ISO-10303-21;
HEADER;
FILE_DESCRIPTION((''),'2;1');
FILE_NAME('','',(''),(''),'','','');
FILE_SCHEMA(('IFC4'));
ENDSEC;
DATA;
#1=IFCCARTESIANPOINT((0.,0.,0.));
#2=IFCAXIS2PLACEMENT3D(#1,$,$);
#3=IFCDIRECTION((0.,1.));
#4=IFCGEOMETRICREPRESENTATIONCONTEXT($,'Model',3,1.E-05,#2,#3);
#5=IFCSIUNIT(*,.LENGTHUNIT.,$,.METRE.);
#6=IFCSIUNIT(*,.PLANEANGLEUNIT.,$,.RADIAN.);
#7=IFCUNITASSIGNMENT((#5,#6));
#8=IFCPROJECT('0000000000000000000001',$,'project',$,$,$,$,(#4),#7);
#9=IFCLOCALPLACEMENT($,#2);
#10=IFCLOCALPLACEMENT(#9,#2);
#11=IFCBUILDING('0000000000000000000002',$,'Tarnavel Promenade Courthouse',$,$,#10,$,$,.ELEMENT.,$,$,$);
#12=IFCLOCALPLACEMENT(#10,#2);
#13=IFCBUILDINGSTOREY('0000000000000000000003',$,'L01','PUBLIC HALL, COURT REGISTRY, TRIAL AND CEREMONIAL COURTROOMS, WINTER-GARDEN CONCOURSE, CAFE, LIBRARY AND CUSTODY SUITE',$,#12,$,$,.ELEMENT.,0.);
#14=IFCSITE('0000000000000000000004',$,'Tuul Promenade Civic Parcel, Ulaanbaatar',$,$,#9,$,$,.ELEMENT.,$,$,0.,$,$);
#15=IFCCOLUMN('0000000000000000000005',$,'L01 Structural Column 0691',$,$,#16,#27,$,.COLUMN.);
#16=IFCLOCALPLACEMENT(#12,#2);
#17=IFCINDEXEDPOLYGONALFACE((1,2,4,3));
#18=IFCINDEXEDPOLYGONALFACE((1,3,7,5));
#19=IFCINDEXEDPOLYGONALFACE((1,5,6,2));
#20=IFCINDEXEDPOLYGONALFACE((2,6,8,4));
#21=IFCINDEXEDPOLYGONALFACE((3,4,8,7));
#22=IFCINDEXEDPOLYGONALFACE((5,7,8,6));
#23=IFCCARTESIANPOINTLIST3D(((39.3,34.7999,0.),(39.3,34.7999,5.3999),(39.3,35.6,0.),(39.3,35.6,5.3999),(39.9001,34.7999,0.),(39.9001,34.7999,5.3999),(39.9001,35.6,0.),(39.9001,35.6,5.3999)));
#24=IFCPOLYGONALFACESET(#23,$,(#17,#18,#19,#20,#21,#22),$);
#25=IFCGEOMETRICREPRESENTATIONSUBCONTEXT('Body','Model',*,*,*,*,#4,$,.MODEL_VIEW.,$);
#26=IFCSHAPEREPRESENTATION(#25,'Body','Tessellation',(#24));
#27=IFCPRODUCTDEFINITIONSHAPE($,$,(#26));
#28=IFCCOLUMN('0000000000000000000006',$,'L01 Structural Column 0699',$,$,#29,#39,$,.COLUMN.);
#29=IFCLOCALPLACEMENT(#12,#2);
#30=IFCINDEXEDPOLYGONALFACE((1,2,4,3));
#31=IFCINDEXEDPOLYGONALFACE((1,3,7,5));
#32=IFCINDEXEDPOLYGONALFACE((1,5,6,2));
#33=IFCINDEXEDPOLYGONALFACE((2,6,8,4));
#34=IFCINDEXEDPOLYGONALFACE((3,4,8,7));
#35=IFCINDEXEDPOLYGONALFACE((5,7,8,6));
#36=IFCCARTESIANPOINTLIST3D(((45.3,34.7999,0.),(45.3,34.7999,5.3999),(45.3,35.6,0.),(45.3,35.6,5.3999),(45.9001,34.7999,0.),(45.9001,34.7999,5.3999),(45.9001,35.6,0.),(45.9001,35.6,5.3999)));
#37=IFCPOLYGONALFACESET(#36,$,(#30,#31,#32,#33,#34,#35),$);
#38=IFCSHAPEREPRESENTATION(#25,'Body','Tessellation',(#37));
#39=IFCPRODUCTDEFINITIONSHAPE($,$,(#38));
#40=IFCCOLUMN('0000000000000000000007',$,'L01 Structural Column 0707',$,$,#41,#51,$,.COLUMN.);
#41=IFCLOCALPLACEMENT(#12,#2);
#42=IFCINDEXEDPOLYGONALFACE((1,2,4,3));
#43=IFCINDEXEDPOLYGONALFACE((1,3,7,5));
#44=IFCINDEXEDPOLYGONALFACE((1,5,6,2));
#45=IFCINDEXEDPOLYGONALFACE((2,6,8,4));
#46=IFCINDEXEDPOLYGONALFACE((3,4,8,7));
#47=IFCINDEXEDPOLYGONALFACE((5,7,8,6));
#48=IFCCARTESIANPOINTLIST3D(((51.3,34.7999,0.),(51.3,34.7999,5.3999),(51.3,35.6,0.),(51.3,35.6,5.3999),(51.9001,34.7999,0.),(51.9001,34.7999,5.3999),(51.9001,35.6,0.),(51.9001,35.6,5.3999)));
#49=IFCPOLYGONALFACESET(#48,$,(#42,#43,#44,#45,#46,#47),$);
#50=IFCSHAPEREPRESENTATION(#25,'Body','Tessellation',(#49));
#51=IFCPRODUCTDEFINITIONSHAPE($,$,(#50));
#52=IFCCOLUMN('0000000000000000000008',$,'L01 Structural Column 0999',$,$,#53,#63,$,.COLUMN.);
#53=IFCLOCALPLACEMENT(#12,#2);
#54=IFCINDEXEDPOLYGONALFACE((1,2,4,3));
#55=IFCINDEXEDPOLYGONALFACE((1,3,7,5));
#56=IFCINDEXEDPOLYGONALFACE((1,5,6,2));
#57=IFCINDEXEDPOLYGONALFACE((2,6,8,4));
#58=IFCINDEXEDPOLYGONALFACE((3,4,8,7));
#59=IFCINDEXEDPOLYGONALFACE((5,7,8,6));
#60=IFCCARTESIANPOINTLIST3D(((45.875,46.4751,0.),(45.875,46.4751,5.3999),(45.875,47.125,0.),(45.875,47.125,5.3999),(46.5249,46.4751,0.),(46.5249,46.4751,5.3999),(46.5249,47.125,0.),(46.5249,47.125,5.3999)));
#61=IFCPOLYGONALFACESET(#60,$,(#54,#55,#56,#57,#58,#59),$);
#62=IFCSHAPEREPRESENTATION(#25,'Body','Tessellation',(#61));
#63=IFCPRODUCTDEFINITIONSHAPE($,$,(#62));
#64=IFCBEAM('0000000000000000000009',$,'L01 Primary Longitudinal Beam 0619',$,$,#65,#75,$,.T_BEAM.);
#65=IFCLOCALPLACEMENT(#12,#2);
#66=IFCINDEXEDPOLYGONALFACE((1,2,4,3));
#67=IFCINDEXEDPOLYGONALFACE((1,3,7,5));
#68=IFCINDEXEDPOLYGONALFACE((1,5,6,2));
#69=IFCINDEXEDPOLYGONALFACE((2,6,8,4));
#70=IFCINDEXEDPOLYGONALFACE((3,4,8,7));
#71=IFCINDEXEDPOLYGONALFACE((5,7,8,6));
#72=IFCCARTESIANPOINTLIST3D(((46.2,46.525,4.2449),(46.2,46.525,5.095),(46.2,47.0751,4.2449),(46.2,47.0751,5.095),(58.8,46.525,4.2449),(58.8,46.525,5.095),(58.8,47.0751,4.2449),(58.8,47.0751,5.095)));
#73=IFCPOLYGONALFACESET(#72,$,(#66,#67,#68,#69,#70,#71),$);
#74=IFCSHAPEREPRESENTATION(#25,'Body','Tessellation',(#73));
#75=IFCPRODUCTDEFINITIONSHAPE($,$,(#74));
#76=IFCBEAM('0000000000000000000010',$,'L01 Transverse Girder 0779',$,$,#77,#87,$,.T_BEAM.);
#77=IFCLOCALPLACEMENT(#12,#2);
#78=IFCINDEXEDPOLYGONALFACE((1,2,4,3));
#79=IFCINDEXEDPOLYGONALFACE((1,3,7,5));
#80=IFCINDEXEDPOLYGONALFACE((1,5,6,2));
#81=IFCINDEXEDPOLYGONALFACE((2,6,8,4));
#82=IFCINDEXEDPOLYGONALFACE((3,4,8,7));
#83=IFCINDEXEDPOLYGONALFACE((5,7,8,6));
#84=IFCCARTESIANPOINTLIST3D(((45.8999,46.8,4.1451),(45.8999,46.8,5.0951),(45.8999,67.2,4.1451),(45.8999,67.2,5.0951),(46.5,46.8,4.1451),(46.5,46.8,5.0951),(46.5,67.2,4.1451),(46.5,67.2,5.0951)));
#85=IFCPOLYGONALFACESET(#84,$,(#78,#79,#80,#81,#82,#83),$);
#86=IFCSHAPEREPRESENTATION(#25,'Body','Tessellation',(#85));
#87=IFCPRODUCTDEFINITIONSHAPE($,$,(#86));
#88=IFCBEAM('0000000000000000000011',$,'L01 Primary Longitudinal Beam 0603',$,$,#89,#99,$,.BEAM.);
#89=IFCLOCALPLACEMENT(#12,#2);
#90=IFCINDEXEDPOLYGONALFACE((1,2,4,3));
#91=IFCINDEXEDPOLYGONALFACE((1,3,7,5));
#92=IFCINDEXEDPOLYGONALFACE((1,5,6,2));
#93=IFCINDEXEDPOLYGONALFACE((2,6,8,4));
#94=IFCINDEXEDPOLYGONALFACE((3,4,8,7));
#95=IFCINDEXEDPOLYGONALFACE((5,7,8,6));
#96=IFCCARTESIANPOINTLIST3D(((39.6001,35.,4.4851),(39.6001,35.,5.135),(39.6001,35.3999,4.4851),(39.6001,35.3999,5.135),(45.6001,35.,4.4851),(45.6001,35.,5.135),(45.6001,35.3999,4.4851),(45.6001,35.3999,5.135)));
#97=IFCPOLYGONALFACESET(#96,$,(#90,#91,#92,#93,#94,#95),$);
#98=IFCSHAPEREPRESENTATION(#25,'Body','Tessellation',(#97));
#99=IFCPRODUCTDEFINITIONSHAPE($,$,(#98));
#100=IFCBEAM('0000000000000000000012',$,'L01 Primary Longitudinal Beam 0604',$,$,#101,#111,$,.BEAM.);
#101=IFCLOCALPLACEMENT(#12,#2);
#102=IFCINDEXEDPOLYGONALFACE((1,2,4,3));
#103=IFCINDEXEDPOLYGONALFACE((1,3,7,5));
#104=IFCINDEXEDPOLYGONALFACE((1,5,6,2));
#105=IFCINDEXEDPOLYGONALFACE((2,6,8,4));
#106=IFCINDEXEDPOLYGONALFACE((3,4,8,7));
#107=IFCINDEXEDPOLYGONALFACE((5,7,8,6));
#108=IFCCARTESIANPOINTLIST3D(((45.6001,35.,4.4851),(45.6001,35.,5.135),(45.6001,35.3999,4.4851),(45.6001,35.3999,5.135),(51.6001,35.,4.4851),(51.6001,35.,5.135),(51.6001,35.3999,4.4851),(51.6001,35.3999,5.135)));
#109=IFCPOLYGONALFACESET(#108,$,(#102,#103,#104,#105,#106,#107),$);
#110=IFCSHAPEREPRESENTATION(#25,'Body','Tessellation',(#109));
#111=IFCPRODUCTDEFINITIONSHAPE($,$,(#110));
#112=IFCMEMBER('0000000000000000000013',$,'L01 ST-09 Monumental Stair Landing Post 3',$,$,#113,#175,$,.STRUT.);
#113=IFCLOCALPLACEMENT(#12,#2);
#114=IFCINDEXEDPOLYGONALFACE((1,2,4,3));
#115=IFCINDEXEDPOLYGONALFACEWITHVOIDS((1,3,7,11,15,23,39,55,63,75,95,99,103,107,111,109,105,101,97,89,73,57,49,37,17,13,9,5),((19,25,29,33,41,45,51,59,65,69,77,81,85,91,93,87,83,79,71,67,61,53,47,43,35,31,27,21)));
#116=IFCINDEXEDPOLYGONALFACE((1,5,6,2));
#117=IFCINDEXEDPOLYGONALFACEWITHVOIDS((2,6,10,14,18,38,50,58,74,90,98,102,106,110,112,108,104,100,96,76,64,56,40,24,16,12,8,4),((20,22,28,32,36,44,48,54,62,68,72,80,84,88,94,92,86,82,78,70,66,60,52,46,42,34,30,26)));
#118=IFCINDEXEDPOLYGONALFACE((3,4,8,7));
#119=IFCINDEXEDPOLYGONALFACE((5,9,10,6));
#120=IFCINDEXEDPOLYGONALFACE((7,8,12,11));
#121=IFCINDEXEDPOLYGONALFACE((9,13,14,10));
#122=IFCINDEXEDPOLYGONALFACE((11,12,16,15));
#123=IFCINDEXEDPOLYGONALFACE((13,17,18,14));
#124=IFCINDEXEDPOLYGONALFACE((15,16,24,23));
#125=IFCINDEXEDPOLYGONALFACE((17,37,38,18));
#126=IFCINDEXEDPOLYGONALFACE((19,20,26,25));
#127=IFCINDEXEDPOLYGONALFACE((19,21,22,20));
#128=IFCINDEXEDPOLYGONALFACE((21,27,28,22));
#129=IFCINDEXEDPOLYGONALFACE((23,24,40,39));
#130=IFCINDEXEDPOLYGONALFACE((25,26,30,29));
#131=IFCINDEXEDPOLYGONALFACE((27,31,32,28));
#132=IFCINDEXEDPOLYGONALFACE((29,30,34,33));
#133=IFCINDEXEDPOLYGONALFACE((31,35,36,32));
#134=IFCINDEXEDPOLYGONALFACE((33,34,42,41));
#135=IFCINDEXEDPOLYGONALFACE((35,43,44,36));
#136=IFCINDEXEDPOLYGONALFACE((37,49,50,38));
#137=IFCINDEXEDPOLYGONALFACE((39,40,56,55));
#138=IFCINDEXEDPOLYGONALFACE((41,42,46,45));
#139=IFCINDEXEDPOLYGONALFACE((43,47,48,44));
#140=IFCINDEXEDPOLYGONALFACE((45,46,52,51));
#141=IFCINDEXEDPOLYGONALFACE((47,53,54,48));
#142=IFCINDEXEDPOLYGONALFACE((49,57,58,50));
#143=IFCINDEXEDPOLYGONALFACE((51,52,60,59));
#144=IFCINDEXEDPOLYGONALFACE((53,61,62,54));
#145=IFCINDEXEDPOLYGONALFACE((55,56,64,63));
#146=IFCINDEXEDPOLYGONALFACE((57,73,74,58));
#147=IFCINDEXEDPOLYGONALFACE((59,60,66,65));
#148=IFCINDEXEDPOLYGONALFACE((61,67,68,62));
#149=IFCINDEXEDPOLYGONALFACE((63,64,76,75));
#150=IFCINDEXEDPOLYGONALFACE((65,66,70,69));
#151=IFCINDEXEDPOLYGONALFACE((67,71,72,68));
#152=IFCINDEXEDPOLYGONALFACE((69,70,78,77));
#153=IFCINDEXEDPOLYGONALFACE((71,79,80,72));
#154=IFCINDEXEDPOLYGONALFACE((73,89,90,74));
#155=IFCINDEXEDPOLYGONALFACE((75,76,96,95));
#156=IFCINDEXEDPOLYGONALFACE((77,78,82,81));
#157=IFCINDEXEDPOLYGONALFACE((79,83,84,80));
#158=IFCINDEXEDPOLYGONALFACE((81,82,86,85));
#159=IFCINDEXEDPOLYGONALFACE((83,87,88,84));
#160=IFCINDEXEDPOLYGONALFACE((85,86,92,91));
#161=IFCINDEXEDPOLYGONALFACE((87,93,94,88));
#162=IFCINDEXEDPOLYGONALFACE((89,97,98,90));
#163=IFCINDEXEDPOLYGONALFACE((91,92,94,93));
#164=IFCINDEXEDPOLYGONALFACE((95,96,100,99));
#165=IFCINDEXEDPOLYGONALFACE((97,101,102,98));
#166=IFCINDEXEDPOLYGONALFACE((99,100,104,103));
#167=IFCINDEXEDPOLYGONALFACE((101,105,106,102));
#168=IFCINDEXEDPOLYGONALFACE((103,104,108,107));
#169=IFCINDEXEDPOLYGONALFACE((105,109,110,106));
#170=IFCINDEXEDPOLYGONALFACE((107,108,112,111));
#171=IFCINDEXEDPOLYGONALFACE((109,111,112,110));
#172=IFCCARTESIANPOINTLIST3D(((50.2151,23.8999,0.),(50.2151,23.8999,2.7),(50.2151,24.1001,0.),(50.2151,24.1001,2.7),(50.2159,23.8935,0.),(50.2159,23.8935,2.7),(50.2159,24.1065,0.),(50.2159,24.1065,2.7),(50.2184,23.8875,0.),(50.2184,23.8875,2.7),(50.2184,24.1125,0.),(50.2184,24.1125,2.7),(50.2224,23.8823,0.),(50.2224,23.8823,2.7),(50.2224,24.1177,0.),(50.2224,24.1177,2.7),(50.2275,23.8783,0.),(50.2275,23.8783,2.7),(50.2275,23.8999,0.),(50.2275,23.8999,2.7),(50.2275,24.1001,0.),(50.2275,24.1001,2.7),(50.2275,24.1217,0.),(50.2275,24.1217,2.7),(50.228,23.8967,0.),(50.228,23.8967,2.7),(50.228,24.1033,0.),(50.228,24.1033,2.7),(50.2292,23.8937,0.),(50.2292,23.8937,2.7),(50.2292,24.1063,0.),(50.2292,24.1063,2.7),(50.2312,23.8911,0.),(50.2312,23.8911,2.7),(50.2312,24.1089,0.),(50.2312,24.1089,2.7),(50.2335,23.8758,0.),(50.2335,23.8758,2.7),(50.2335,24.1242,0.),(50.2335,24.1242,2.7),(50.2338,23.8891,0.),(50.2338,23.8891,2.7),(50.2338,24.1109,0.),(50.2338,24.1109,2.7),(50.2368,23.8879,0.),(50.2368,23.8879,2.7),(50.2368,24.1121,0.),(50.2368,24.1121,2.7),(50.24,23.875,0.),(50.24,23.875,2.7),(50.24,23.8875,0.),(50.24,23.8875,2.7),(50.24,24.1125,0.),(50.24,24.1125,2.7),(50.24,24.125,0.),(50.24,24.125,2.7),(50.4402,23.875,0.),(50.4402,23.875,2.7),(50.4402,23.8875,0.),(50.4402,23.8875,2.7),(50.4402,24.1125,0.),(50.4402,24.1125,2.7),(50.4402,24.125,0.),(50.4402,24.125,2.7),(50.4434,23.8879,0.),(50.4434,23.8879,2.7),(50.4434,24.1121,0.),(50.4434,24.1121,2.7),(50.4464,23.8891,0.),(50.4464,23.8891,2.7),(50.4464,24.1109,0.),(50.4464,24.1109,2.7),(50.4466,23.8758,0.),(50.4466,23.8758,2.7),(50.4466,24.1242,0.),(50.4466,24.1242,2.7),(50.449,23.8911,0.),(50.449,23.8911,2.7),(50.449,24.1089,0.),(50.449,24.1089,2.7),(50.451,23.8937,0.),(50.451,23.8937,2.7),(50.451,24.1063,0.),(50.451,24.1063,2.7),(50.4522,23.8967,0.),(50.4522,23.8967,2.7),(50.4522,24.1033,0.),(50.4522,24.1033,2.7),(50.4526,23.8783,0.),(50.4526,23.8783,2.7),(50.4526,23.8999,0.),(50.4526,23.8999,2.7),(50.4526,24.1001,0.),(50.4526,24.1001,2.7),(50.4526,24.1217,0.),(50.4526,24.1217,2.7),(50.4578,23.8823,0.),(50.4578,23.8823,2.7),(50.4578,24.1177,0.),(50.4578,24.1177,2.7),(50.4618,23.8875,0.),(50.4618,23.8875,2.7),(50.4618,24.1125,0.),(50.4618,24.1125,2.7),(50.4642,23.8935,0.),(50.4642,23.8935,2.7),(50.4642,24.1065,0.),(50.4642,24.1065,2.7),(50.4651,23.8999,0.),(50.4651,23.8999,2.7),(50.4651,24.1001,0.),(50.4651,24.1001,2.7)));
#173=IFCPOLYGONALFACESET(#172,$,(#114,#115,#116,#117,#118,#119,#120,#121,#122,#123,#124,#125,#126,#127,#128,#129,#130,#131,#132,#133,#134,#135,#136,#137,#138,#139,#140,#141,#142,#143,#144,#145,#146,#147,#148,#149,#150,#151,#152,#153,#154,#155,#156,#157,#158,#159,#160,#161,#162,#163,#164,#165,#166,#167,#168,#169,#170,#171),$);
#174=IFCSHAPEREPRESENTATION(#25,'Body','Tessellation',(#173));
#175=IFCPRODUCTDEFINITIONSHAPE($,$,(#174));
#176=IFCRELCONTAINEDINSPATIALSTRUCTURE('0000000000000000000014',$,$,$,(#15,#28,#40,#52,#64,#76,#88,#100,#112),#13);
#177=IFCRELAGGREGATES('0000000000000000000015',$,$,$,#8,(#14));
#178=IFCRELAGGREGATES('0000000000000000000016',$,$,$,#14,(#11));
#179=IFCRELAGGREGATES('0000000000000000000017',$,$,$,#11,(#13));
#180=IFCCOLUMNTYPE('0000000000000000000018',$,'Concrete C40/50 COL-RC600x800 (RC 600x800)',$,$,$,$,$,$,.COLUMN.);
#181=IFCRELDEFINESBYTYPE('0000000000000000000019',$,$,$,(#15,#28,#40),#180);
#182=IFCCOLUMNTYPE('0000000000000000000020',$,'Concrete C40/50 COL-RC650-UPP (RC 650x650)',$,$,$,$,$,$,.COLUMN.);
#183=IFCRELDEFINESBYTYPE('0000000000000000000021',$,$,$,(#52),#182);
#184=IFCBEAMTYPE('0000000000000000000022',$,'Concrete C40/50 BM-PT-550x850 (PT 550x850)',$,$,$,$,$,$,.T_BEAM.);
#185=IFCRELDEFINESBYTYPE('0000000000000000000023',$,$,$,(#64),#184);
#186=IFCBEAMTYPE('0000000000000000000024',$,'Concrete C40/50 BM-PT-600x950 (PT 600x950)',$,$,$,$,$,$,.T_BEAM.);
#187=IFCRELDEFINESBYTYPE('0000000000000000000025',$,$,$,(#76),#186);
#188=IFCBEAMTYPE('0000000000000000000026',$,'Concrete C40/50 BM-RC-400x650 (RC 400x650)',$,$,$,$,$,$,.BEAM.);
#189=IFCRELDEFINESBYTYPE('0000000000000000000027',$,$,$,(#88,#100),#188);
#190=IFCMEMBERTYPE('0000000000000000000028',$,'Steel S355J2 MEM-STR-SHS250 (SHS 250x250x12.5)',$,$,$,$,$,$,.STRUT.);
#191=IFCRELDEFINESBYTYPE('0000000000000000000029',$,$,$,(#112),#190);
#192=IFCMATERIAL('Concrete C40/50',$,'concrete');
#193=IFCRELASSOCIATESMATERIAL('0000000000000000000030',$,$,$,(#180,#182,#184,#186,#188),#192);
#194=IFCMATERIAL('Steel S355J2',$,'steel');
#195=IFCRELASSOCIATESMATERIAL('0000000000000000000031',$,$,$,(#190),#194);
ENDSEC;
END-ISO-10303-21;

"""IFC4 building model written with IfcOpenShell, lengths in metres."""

from ifc_helpers import new_model, si_unit, direction, frame, origin, origin_2d, place, context, subcontext, project, spatial, rectangle, hollow_rectangle, extrude, material, material_profile, profile_set, type_object, element, save


model = new_model("IFC4")

# Units and contexts
model_context = context("Model", 3, precision=1e-05, world=origin(), true_north=direction((0.0, 1.0)))
body_context = subcontext(model_context, "Body", "Model", "MODEL_VIEW")
ifc_project = project(units=[si_unit("LENGTHUNIT", "METRE"), si_unit("PLANEANGLEUNIT", "RADIAN")], contexts=[model_context])

# Site, building, storey
site_placement = place(None, origin())
site = spatial("IfcSite", under=ifc_project, at=site_placement, Name="Tuul Promenade Civic Parcel, Ulaanbaatar", CompositionType="ELEMENT", RefElevation=0.0)
building_placement = place(site_placement, origin())
building = spatial("IfcBuilding", under=site, at=building_placement, Name="Tarnavel Promenade Courthouse", CompositionType="ELEMENT")
storey_placement = place(building_placement, origin())
storey = spatial("IfcBuildingStorey", under=building, at=storey_placement, Name="L01", Description="PUBLIC HALL, COURT REGISTRY, TRIAL AND CEREMONIAL COURTROOMS, WINTER-GARDEN CONCOURSE, CAFE, LIBRARY AND CUSTODY SUITE", CompositionType="ELEMENT", Elevation=0.0)

# Columns
ifc_material_1 = material(Name="Concrete C40/50", Category="concrete")
ifc_material_profile_1 = material_profile(ifc_material_1, rectangle(XDim=0.6001, YDim=0.8, at=origin_2d()), Name="RC 600x800")
ifc_profile_set_1 = profile_set([ifc_material_profile_1], Name="Concrete C40/50")
column_type_1 = type_object("IfcColumnType", Name="Concrete C40/50 COL-RC600x800 (RC 600x800)", PredefinedType="COLUMN", material=ifc_profile_set_1)
for number, where, z_axis, x_axis, name in (
    (1, (39.6001, 35.2, 0.0), (0.0, 0.0, 1.0), (1.0, 0.0, 0.0), "L01 Structural Column 0691"),
    (2, (45.6001, 35.2, 0.0), (0.0, 0.0, 1.0), (1.0, 0.0, 0.0), "L01 Structural Column 0699"),
    (3, (51.6001, 35.2, 0.0), (0.0, 0.0, 1.0), (1.0, 0.0, 0.0), "L01 Structural Column 0707"),
):
    element("IfcColumn", number, at=place(storey_placement, frame(where, z_axis=z_axis, x_axis=x_axis)), inside=storey, type_object=column_type_1, Name=name, PredefinedType="COLUMN", context=body_context, shape_type="SweptSolid", body=[
        extrude(rectangle(XDim=0.6001, YDim=0.8, at=origin_2d()), origin(), (0.0, 0.0, 1.0), 5.3999),
    ])
ifc_material_profile_2 = material_profile(ifc_material_1, rectangle(XDim=0.6499, YDim=0.6499, at=origin_2d()), Name="RC 650x650")
ifc_profile_set_2 = profile_set([ifc_material_profile_2], Name="Concrete C40/50")
column_type_2 = type_object("IfcColumnType", Name="Concrete C40/50 COL-RC650-UPP (RC 650x650)", PredefinedType="COLUMN", material=ifc_profile_set_2)
column_placement = place(storey_placement, frame((46.2, 46.8, 0.0), z_axis=(0.0, 0.0, 1.0), x_axis=(1.0, 0.0, 0.0)))
element("IfcColumn", 4, at=column_placement, inside=storey, type_object=column_type_2, Name="L01 Structural Column 0999", PredefinedType="COLUMN", context=body_context, shape_type="SweptSolid", body=[
    extrude(rectangle(XDim=0.6499, YDim=0.6499, at=origin_2d()), origin(), (0.0, 0.0, 1.0), 5.3999),
])

# Beams
ifc_material_profile_3 = material_profile(ifc_material_1, rectangle(XDim=0.55, YDim=0.8501, at=origin_2d()), Name="PT 550x850")
ifc_profile_set_3 = profile_set([ifc_material_profile_3], Name="Concrete C40/50")
beam_type_1 = type_object("IfcBeamType", Name="Concrete C40/50 BM-PT-550x850 (PT 550x850)", PredefinedType="T_BEAM", material=ifc_profile_set_3)
beam_1_placement = place(storey_placement, frame((46.2, 46.8, 4.6699), z_axis=(1.0, 0.0, 0.0), x_axis=(0.0, 1.0, 0.0)))
element("IfcBeam", 5, at=beam_1_placement, inside=storey, type_object=beam_type_1, Name="L01 Primary Longitudinal Beam 0619", PredefinedType="T_BEAM", context=body_context, shape_type="SweptSolid", body=[
    extrude(rectangle(XDim=0.55, YDim=0.8501, at=origin_2d()), origin(), (0.0, 0.0, 1.0), 12.6001),
])
ifc_material_profile_4 = material_profile(ifc_material_1, rectangle(XDim=0.6001, YDim=0.95, at=origin_2d()), Name="PT 600x950")
ifc_profile_set_4 = profile_set([ifc_material_profile_4], Name="Concrete C40/50")
beam_type_2 = type_object("IfcBeamType", Name="Concrete C40/50 BM-PT-600x950 (PT 600x950)", PredefinedType="T_BEAM", material=ifc_profile_set_4)
beam_2_placement = place(storey_placement, frame((46.2, 46.8, 4.6201), z_axis=(0.0, 1.0, 0.0), x_axis=(-1.0, 0.0, 0.0)))
element("IfcBeam", 6, at=beam_2_placement, inside=storey, type_object=beam_type_2, Name="L01 Transverse Girder 0779", PredefinedType="T_BEAM", context=body_context, shape_type="SweptSolid", body=[
    extrude(rectangle(XDim=0.6001, YDim=0.95, at=origin_2d()), origin(), (0.0, 0.0, 1.0), 20.3999),
])
ifc_material_profile_5 = material_profile(ifc_material_1, rectangle(XDim=0.3999, YDim=0.6499, at=origin_2d()), Name="RC 400x650")
ifc_profile_set_5 = profile_set([ifc_material_profile_5], Name="Concrete C40/50")
beam_type_3 = type_object("IfcBeamType", Name="Concrete C40/50 BM-RC-400x650 (RC 400x650)", PredefinedType="BEAM", material=ifc_profile_set_5)
for number, where, z_axis, x_axis, name in (
    (7, (39.6001, 35.2, 4.8101), (1.0, 0.0, 0.0), (0.0, 1.0, 0.0), "L01 Primary Longitudinal Beam 0603"),
    (8, (45.6001, 35.2, 4.8101), (1.0, 0.0, 0.0), (0.0, 1.0, 0.0), "L01 Primary Longitudinal Beam 0604"),
):
    element("IfcBeam", number, at=place(storey_placement, frame(where, z_axis=z_axis, x_axis=x_axis)), inside=storey, type_object=beam_type_3, Name=name, PredefinedType="BEAM", context=body_context, shape_type="SweptSolid", body=[
        extrude(rectangle(XDim=0.3999, YDim=0.6499, at=origin_2d()), origin(), (0.0, 0.0, 1.0), 6.0),
    ])

# Member
ifc_material_2 = material(Name="Steel S355J2", Category="steel")
ifc_material_profile_6 = material_profile(ifc_material_2, hollow_rectangle(XDim=0.25, YDim=0.25, WallThickness=0.0125, InnerFilletRadius=0.0125, OuterFilletRadius=0.0249, at=origin_2d()), Name="SHS 250x250x12.5")
ifc_profile_set_6 = profile_set([ifc_material_profile_6], Name="Steel S355J2")
member_type_1 = type_object("IfcMemberType", Name="Steel S355J2 MEM-STR-SHS250 (SHS 250x250x12.5)", PredefinedType="STRUT", material=ifc_profile_set_6)
for number, where, z_axis, x_axis, name in (
    (9, (50.3401, 24.0, 0.0), (0.0, 0.0, 1.0), (1.0, 0.0, 0.0), "L01 ST-09 Monumental Stair Landing Post 3"),
):
    element("IfcMember", number, at=place(storey_placement, frame(where, z_axis=z_axis, x_axis=x_axis)), inside=storey, type_object=member_type_1, Name=name, PredefinedType="STRUT", context=body_context, shape_type="SweptSolid", body=[
        extrude(hollow_rectangle(XDim=0.25, YDim=0.25, WallThickness=0.0125, InnerFilletRadius=0.0125, OuterFilletRadius=0.0249, at=origin_2d()), origin(), (0.0, 0.0, 1.0), 2.7),
    ])

save(model, "model.ifc")
